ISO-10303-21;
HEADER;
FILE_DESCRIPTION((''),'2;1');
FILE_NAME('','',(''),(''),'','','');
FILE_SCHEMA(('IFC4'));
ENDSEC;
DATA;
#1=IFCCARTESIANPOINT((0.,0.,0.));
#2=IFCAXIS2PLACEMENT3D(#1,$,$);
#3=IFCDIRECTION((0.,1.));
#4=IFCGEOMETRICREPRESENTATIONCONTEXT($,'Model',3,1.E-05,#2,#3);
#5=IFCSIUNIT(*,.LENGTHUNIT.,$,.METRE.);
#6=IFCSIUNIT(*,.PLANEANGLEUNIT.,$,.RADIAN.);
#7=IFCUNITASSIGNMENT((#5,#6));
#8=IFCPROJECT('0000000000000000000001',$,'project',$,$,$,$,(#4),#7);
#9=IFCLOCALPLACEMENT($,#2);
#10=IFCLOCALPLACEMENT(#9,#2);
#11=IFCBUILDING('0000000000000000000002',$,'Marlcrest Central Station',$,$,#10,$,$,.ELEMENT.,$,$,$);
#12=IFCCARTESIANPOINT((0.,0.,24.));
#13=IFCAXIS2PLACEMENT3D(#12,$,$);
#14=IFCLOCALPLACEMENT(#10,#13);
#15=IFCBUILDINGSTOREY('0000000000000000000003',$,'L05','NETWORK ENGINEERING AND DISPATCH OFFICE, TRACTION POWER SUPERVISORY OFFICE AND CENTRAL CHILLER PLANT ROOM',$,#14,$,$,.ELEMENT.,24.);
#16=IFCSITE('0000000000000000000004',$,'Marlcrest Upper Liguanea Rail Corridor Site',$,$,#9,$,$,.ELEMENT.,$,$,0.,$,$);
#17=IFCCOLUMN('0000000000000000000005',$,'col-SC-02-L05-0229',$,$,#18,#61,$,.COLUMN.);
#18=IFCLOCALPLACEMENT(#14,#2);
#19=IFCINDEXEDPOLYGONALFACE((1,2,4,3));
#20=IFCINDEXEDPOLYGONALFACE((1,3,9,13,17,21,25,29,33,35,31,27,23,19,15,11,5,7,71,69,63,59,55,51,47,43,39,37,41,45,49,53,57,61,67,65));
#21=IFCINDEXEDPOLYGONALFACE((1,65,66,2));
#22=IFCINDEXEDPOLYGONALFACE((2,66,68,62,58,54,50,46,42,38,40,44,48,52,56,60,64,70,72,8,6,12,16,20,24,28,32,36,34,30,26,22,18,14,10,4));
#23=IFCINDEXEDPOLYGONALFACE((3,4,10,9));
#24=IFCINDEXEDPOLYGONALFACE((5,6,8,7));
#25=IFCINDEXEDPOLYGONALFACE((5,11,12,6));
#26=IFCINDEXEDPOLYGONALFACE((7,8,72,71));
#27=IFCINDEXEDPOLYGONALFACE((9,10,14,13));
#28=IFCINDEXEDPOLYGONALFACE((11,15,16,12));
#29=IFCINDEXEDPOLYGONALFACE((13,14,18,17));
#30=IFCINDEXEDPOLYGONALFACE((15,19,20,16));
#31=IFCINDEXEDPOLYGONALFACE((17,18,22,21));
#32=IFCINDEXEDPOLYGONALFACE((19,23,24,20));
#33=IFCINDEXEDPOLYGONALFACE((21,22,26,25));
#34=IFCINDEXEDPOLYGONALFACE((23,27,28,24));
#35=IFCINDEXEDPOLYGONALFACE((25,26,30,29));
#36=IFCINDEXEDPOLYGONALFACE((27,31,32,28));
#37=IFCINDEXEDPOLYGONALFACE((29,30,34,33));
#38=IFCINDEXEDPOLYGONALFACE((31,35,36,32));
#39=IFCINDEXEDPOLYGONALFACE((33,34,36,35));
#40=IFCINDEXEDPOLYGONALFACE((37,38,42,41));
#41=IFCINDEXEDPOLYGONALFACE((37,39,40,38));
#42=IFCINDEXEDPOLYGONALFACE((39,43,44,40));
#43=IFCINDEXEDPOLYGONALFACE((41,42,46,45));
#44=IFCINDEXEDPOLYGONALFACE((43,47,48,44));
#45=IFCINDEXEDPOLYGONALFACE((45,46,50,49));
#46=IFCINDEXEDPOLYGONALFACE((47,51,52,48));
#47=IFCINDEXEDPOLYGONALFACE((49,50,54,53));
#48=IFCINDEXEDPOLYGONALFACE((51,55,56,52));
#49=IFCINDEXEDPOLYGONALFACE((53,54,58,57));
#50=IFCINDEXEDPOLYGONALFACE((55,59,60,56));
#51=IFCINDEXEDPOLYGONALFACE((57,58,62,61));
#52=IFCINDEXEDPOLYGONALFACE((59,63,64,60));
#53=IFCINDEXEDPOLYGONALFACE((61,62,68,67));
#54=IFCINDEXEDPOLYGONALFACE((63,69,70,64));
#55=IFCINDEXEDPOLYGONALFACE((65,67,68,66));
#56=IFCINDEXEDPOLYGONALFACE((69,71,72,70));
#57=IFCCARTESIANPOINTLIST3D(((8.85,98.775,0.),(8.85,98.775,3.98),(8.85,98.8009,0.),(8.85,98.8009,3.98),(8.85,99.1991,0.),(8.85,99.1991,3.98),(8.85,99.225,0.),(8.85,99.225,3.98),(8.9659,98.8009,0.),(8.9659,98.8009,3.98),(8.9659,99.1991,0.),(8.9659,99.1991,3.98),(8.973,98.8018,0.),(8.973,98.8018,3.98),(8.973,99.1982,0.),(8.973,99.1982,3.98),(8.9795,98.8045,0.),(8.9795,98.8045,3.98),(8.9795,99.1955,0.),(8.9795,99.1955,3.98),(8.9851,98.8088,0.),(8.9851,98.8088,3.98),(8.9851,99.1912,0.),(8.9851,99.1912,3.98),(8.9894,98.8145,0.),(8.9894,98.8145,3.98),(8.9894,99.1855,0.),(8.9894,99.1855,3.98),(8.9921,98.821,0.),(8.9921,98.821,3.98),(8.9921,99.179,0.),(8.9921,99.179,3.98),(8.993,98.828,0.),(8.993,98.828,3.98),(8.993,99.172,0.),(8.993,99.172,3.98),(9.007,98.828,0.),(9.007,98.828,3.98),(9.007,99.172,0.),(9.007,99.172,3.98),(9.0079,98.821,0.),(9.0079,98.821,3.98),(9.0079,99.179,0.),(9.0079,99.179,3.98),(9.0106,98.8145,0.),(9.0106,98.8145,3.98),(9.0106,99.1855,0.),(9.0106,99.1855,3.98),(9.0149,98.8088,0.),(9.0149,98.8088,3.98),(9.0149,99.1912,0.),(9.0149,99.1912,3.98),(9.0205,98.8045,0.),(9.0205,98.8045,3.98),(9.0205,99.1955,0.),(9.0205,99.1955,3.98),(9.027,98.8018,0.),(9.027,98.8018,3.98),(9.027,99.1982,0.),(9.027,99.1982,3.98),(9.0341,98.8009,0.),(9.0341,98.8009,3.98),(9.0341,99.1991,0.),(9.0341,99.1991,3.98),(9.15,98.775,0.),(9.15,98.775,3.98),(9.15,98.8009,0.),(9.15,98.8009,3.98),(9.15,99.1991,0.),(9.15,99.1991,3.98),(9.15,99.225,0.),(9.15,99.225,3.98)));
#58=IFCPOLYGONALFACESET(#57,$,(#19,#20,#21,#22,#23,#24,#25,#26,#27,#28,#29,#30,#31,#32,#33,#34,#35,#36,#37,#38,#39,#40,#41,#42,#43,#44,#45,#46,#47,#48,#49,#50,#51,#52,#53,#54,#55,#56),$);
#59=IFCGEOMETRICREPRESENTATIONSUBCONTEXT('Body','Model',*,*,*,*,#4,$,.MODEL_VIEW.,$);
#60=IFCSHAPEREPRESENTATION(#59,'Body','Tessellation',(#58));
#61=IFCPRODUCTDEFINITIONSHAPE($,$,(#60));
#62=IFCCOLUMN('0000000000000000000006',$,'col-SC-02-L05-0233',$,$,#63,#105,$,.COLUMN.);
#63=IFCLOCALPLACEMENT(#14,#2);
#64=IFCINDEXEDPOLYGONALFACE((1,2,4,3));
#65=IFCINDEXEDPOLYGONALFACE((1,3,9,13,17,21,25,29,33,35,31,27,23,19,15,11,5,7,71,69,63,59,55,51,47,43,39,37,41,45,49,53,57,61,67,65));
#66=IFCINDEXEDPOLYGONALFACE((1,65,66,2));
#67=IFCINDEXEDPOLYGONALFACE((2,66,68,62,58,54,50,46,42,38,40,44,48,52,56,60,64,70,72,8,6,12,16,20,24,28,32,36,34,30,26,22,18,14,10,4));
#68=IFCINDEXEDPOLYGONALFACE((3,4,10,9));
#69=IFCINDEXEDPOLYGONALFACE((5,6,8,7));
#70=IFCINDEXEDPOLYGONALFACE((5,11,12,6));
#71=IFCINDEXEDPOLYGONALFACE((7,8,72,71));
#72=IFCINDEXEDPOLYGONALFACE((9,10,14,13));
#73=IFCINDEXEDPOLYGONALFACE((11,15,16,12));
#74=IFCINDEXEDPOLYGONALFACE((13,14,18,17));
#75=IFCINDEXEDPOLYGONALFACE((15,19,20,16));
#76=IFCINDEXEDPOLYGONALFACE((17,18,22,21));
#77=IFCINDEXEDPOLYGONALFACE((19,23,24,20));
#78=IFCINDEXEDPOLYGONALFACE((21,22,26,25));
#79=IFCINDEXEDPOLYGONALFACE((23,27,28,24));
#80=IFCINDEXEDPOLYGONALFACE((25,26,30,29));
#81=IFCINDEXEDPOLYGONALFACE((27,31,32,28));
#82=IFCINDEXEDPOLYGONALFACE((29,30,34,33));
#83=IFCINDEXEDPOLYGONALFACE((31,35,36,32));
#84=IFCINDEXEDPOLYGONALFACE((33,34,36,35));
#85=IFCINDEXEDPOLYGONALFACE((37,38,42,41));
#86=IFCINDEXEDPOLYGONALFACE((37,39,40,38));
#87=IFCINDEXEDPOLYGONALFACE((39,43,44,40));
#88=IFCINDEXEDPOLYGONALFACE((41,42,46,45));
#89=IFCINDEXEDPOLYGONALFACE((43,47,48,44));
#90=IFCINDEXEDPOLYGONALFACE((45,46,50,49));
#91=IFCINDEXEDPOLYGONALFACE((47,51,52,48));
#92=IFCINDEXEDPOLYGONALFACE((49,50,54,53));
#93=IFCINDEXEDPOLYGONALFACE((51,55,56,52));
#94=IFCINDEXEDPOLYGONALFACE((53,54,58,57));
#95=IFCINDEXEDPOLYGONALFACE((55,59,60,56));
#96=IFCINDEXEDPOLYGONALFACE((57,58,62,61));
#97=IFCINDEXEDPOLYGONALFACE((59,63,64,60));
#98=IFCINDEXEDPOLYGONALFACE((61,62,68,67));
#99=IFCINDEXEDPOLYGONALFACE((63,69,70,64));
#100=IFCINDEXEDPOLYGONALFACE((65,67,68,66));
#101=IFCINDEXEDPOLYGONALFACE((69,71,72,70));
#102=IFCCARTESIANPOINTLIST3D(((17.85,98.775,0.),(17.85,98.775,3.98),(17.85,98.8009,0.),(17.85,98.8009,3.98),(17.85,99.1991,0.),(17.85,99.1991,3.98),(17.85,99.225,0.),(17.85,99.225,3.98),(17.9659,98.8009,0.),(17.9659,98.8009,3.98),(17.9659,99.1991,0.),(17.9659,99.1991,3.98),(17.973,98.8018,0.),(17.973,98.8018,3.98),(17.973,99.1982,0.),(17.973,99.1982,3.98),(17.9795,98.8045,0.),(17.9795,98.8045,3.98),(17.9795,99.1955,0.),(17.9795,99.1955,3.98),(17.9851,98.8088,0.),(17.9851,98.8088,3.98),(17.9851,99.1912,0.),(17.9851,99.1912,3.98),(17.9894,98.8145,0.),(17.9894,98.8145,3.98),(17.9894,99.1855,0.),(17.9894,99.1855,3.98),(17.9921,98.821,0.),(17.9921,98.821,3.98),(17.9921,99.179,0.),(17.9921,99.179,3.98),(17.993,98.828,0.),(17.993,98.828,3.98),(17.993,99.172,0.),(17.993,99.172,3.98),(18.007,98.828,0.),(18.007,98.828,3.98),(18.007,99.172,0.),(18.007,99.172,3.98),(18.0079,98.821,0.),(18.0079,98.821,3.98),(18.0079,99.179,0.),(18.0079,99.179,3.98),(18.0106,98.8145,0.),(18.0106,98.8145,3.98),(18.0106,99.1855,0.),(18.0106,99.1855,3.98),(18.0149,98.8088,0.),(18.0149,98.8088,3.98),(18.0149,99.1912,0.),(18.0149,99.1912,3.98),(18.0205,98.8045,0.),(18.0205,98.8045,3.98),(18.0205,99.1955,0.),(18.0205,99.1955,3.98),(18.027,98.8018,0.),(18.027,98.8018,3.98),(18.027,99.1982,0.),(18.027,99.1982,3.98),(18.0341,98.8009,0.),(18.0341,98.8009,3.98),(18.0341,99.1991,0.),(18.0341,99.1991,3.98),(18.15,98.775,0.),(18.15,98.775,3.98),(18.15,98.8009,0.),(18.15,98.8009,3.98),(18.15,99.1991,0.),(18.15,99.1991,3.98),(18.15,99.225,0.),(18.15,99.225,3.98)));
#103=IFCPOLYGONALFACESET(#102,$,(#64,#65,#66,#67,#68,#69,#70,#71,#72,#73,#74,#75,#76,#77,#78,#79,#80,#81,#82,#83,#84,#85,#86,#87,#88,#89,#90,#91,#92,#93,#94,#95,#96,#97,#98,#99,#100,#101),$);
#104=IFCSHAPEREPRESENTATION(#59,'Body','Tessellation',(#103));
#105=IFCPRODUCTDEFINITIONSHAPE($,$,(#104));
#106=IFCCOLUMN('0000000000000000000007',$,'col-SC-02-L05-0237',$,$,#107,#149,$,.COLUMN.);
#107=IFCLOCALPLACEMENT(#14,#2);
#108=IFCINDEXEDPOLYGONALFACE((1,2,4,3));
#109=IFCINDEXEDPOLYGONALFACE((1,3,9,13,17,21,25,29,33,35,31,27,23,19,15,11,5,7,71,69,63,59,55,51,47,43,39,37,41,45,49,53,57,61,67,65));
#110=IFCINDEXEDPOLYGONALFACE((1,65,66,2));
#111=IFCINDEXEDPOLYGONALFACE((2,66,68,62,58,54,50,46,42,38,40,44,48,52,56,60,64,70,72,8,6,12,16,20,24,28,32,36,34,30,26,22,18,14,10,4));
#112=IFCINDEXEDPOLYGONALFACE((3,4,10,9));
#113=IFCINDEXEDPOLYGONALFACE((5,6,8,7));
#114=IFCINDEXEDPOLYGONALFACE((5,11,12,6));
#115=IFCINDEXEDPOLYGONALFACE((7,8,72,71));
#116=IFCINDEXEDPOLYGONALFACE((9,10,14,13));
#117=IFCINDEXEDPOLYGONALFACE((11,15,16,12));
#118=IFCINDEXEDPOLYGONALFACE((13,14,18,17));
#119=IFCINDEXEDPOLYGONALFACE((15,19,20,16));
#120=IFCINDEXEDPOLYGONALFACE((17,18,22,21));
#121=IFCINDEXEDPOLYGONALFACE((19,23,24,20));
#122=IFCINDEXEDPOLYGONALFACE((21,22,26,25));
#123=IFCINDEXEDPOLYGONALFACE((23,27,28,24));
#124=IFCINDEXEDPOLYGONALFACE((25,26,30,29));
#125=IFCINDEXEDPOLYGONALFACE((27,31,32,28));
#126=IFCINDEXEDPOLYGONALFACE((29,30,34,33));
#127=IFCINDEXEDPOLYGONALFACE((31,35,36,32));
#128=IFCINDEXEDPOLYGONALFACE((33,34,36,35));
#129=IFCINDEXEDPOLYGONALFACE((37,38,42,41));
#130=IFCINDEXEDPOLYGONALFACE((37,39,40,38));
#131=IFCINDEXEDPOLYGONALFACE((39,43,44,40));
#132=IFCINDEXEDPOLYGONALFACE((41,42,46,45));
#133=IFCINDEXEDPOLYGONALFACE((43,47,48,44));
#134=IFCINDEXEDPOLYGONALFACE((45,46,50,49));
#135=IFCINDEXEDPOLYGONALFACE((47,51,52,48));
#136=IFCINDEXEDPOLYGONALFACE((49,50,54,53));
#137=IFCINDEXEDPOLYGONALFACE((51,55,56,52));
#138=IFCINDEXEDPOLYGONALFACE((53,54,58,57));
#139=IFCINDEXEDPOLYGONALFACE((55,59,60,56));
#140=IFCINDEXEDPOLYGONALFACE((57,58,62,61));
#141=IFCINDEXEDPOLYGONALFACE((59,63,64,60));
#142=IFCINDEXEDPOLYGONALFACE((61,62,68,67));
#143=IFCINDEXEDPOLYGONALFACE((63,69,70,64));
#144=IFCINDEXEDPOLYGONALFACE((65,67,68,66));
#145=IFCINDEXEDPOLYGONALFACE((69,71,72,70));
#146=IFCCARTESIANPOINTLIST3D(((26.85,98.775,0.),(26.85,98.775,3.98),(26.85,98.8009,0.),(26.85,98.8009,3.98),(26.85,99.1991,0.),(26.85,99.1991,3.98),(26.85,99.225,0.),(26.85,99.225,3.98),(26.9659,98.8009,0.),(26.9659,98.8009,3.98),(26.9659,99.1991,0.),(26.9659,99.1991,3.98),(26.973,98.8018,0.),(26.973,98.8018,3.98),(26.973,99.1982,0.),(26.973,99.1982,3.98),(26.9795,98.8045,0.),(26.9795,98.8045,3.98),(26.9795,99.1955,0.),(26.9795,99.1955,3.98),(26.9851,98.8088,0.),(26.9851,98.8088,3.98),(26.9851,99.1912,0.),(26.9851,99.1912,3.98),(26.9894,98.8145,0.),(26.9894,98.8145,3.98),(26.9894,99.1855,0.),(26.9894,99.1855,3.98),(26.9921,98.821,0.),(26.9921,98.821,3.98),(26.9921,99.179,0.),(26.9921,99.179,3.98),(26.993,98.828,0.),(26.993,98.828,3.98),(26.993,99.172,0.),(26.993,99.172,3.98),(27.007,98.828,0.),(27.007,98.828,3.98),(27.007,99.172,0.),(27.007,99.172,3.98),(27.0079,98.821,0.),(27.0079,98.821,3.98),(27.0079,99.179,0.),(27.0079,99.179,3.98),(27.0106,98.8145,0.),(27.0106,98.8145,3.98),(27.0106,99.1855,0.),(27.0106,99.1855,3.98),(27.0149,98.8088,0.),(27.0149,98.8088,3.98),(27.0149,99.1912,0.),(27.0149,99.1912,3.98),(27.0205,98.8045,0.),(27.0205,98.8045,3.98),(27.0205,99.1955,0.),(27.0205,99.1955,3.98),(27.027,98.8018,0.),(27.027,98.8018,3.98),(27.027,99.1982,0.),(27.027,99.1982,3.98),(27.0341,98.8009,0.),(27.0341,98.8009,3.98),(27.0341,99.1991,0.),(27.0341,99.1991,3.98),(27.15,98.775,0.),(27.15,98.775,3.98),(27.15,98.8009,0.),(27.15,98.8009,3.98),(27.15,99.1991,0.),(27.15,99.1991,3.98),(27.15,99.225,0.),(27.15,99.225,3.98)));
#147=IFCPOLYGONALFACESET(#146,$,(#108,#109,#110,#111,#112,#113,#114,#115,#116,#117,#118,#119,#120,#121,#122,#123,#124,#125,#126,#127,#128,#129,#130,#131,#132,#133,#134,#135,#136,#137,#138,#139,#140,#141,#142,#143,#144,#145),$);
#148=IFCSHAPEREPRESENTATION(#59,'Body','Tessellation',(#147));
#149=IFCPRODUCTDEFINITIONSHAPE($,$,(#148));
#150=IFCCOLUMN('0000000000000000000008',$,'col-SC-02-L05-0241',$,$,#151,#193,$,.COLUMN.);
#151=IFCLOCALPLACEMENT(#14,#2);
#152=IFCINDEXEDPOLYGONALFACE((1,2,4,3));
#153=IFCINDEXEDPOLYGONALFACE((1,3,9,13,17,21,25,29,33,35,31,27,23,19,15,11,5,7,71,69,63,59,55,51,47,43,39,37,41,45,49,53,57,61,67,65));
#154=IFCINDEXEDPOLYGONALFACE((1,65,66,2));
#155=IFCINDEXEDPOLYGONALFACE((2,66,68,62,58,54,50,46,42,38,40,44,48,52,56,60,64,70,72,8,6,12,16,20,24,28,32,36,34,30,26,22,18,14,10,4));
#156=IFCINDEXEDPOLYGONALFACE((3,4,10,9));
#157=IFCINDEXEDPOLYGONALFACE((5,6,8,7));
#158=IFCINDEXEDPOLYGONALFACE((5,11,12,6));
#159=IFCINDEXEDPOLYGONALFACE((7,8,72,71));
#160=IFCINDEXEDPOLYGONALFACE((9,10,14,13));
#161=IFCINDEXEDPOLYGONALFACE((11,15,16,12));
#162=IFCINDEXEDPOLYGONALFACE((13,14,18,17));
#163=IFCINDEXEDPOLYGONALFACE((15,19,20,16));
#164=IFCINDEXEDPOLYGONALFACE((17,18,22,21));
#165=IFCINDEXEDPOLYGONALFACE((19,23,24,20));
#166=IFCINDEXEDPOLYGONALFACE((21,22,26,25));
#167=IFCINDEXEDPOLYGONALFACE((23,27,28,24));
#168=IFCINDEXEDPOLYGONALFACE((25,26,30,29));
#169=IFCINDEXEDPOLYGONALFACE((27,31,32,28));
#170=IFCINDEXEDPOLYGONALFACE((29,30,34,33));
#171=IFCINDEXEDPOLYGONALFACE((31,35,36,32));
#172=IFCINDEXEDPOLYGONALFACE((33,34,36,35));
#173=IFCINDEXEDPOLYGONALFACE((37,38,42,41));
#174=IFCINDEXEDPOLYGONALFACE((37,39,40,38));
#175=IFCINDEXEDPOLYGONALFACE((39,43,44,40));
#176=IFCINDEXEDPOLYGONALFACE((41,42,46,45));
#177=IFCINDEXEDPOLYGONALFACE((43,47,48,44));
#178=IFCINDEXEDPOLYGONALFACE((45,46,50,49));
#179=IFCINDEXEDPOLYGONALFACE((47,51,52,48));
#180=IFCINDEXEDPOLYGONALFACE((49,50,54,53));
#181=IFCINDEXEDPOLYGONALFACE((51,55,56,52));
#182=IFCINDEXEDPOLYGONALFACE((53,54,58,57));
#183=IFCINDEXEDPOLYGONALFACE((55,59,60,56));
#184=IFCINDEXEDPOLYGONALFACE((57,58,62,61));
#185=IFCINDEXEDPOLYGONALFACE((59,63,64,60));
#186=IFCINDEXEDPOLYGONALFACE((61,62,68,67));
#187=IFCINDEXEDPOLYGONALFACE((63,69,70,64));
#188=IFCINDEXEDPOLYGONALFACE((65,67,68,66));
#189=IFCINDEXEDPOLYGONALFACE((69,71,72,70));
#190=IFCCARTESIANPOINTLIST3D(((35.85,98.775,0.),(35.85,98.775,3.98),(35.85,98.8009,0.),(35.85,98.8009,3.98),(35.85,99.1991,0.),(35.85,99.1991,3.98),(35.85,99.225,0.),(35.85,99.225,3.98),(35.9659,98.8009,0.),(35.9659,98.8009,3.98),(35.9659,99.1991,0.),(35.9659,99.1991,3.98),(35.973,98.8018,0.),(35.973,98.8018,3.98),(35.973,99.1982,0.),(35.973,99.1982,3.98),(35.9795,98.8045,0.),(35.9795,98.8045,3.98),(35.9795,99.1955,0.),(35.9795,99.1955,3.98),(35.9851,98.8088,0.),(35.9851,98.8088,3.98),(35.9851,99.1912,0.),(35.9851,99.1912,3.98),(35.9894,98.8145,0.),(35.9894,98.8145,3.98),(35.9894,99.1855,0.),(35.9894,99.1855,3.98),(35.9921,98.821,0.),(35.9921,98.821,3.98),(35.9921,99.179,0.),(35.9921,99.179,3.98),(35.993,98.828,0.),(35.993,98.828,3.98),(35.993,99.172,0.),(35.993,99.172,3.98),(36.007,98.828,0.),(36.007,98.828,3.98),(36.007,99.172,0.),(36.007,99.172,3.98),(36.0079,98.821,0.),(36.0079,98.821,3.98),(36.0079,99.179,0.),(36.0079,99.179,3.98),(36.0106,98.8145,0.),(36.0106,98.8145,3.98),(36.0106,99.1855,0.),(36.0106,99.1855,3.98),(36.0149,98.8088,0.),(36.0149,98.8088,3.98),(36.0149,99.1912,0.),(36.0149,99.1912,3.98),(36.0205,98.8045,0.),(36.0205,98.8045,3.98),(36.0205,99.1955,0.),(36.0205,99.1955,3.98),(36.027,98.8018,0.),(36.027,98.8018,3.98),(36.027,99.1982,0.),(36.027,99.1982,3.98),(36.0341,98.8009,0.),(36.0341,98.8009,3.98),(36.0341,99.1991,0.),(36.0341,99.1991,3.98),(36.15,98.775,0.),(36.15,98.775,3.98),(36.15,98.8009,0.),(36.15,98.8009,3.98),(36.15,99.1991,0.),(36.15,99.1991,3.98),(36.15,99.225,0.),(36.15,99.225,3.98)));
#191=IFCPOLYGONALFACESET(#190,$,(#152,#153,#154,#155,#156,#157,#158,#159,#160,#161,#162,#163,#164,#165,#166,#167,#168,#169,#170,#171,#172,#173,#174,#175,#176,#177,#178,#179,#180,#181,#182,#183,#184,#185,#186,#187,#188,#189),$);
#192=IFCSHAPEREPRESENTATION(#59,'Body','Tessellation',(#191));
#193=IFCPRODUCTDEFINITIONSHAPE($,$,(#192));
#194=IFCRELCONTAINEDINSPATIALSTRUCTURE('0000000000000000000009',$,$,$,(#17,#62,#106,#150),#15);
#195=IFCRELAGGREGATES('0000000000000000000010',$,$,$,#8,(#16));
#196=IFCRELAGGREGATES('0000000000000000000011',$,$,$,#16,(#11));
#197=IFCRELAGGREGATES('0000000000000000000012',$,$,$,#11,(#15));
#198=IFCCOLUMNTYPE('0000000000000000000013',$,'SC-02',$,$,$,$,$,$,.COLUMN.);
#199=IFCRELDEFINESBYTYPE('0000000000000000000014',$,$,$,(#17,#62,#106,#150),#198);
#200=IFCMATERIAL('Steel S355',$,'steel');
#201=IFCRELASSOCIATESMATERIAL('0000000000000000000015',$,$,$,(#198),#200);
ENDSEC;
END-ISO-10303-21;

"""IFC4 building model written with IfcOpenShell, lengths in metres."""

from ifc_helpers import new_model, si_unit, direction, frame, origin, origin_2d, place, context, subcontext, project, spatial, i_section, extrude, material, material_profile, profile_set, type_object, element, save


model = new_model("IFC4")

# Units and contexts
model_context = context("Model", 3, precision=1e-05, world=origin(), true_north=direction((0.0, 1.0)))
body_context = subcontext(model_context, "Body", "Model", "MODEL_VIEW")
ifc_project = project(units=[si_unit("LENGTHUNIT", "METRE"), si_unit("PLANEANGLEUNIT", "RADIAN")], contexts=[model_context])

# Site, building, storey
site_placement = place(None, origin())
site = spatial("IfcSite", under=ifc_project, at=site_placement, Name="Marlcrest Upper Liguanea Rail Corridor Site", CompositionType="ELEMENT", RefElevation=0.0)
building_placement = place(site_placement, origin())
building = spatial("IfcBuilding", under=site, at=building_placement, Name="Marlcrest Central Station", CompositionType="ELEMENT")
storey_placement = place(building_placement, frame((0.0, 0.0, 24.0)))
storey = spatial("IfcBuildingStorey", under=building, at=storey_placement, Name="L05", Description="NETWORK ENGINEERING AND DISPATCH OFFICE, TRACTION POWER SUPERVISORY OFFICE AND CENTRAL CHILLER PLANT ROOM", CompositionType="ELEMENT", Elevation=24.0)

# Columns
ifc_material_1 = material(Name="Steel S355", Category="steel")
ifc_material_profile_1 = material_profile(ifc_material_1, i_section(OverallWidth=0.3, OverallDepth=0.45, WebThickness=0.0139, FlangeThickness=0.0259, FilletRadius=0.0271, at=origin_2d()), Name="HEB 450")
ifc_profile_set_1 = profile_set([ifc_material_profile_1], Name="Steel S355")
column_type = type_object("IfcColumnType", Name="SC-02", PredefinedType="COLUMN", material=ifc_profile_set_1)
for number, where, z_axis, x_axis, name in (
    (1, (9.0, 99.0, 0.0), (0.0, 0.0, 1.0), (1.0, 0.0, 0.0), "col-SC-02-L05-0229"),
    (2, (18.0, 99.0, 0.0), (0.0, 0.0, 1.0), (1.0, 0.0, 0.0), "col-SC-02-L05-0233"),
    (3, (27.0, 99.0, 0.0), (0.0, 0.0, 1.0), (1.0, 0.0, 0.0), "col-SC-02-L05-0237"),
    (4, (36.0, 99.0, 0.0), (0.0, 0.0, 1.0), (1.0, 0.0, 0.0), "col-SC-02-L05-0241"),
):
    element("IfcColumn", number, at=place(storey_placement, frame(where, z_axis=z_axis, x_axis=x_axis)), inside=storey, type_object=column_type, Name=name, PredefinedType="COLUMN", context=body_context, shape_type="SweptSolid", body=[
        extrude(i_section(OverallWidth=0.3, OverallDepth=0.45, WebThickness=0.0139, FlangeThickness=0.0259, FilletRadius=0.0271, at=origin_2d()), origin(), (0.0, 0.0, 1.0), 3.98),
    ])

save(model, "model.ifc")
